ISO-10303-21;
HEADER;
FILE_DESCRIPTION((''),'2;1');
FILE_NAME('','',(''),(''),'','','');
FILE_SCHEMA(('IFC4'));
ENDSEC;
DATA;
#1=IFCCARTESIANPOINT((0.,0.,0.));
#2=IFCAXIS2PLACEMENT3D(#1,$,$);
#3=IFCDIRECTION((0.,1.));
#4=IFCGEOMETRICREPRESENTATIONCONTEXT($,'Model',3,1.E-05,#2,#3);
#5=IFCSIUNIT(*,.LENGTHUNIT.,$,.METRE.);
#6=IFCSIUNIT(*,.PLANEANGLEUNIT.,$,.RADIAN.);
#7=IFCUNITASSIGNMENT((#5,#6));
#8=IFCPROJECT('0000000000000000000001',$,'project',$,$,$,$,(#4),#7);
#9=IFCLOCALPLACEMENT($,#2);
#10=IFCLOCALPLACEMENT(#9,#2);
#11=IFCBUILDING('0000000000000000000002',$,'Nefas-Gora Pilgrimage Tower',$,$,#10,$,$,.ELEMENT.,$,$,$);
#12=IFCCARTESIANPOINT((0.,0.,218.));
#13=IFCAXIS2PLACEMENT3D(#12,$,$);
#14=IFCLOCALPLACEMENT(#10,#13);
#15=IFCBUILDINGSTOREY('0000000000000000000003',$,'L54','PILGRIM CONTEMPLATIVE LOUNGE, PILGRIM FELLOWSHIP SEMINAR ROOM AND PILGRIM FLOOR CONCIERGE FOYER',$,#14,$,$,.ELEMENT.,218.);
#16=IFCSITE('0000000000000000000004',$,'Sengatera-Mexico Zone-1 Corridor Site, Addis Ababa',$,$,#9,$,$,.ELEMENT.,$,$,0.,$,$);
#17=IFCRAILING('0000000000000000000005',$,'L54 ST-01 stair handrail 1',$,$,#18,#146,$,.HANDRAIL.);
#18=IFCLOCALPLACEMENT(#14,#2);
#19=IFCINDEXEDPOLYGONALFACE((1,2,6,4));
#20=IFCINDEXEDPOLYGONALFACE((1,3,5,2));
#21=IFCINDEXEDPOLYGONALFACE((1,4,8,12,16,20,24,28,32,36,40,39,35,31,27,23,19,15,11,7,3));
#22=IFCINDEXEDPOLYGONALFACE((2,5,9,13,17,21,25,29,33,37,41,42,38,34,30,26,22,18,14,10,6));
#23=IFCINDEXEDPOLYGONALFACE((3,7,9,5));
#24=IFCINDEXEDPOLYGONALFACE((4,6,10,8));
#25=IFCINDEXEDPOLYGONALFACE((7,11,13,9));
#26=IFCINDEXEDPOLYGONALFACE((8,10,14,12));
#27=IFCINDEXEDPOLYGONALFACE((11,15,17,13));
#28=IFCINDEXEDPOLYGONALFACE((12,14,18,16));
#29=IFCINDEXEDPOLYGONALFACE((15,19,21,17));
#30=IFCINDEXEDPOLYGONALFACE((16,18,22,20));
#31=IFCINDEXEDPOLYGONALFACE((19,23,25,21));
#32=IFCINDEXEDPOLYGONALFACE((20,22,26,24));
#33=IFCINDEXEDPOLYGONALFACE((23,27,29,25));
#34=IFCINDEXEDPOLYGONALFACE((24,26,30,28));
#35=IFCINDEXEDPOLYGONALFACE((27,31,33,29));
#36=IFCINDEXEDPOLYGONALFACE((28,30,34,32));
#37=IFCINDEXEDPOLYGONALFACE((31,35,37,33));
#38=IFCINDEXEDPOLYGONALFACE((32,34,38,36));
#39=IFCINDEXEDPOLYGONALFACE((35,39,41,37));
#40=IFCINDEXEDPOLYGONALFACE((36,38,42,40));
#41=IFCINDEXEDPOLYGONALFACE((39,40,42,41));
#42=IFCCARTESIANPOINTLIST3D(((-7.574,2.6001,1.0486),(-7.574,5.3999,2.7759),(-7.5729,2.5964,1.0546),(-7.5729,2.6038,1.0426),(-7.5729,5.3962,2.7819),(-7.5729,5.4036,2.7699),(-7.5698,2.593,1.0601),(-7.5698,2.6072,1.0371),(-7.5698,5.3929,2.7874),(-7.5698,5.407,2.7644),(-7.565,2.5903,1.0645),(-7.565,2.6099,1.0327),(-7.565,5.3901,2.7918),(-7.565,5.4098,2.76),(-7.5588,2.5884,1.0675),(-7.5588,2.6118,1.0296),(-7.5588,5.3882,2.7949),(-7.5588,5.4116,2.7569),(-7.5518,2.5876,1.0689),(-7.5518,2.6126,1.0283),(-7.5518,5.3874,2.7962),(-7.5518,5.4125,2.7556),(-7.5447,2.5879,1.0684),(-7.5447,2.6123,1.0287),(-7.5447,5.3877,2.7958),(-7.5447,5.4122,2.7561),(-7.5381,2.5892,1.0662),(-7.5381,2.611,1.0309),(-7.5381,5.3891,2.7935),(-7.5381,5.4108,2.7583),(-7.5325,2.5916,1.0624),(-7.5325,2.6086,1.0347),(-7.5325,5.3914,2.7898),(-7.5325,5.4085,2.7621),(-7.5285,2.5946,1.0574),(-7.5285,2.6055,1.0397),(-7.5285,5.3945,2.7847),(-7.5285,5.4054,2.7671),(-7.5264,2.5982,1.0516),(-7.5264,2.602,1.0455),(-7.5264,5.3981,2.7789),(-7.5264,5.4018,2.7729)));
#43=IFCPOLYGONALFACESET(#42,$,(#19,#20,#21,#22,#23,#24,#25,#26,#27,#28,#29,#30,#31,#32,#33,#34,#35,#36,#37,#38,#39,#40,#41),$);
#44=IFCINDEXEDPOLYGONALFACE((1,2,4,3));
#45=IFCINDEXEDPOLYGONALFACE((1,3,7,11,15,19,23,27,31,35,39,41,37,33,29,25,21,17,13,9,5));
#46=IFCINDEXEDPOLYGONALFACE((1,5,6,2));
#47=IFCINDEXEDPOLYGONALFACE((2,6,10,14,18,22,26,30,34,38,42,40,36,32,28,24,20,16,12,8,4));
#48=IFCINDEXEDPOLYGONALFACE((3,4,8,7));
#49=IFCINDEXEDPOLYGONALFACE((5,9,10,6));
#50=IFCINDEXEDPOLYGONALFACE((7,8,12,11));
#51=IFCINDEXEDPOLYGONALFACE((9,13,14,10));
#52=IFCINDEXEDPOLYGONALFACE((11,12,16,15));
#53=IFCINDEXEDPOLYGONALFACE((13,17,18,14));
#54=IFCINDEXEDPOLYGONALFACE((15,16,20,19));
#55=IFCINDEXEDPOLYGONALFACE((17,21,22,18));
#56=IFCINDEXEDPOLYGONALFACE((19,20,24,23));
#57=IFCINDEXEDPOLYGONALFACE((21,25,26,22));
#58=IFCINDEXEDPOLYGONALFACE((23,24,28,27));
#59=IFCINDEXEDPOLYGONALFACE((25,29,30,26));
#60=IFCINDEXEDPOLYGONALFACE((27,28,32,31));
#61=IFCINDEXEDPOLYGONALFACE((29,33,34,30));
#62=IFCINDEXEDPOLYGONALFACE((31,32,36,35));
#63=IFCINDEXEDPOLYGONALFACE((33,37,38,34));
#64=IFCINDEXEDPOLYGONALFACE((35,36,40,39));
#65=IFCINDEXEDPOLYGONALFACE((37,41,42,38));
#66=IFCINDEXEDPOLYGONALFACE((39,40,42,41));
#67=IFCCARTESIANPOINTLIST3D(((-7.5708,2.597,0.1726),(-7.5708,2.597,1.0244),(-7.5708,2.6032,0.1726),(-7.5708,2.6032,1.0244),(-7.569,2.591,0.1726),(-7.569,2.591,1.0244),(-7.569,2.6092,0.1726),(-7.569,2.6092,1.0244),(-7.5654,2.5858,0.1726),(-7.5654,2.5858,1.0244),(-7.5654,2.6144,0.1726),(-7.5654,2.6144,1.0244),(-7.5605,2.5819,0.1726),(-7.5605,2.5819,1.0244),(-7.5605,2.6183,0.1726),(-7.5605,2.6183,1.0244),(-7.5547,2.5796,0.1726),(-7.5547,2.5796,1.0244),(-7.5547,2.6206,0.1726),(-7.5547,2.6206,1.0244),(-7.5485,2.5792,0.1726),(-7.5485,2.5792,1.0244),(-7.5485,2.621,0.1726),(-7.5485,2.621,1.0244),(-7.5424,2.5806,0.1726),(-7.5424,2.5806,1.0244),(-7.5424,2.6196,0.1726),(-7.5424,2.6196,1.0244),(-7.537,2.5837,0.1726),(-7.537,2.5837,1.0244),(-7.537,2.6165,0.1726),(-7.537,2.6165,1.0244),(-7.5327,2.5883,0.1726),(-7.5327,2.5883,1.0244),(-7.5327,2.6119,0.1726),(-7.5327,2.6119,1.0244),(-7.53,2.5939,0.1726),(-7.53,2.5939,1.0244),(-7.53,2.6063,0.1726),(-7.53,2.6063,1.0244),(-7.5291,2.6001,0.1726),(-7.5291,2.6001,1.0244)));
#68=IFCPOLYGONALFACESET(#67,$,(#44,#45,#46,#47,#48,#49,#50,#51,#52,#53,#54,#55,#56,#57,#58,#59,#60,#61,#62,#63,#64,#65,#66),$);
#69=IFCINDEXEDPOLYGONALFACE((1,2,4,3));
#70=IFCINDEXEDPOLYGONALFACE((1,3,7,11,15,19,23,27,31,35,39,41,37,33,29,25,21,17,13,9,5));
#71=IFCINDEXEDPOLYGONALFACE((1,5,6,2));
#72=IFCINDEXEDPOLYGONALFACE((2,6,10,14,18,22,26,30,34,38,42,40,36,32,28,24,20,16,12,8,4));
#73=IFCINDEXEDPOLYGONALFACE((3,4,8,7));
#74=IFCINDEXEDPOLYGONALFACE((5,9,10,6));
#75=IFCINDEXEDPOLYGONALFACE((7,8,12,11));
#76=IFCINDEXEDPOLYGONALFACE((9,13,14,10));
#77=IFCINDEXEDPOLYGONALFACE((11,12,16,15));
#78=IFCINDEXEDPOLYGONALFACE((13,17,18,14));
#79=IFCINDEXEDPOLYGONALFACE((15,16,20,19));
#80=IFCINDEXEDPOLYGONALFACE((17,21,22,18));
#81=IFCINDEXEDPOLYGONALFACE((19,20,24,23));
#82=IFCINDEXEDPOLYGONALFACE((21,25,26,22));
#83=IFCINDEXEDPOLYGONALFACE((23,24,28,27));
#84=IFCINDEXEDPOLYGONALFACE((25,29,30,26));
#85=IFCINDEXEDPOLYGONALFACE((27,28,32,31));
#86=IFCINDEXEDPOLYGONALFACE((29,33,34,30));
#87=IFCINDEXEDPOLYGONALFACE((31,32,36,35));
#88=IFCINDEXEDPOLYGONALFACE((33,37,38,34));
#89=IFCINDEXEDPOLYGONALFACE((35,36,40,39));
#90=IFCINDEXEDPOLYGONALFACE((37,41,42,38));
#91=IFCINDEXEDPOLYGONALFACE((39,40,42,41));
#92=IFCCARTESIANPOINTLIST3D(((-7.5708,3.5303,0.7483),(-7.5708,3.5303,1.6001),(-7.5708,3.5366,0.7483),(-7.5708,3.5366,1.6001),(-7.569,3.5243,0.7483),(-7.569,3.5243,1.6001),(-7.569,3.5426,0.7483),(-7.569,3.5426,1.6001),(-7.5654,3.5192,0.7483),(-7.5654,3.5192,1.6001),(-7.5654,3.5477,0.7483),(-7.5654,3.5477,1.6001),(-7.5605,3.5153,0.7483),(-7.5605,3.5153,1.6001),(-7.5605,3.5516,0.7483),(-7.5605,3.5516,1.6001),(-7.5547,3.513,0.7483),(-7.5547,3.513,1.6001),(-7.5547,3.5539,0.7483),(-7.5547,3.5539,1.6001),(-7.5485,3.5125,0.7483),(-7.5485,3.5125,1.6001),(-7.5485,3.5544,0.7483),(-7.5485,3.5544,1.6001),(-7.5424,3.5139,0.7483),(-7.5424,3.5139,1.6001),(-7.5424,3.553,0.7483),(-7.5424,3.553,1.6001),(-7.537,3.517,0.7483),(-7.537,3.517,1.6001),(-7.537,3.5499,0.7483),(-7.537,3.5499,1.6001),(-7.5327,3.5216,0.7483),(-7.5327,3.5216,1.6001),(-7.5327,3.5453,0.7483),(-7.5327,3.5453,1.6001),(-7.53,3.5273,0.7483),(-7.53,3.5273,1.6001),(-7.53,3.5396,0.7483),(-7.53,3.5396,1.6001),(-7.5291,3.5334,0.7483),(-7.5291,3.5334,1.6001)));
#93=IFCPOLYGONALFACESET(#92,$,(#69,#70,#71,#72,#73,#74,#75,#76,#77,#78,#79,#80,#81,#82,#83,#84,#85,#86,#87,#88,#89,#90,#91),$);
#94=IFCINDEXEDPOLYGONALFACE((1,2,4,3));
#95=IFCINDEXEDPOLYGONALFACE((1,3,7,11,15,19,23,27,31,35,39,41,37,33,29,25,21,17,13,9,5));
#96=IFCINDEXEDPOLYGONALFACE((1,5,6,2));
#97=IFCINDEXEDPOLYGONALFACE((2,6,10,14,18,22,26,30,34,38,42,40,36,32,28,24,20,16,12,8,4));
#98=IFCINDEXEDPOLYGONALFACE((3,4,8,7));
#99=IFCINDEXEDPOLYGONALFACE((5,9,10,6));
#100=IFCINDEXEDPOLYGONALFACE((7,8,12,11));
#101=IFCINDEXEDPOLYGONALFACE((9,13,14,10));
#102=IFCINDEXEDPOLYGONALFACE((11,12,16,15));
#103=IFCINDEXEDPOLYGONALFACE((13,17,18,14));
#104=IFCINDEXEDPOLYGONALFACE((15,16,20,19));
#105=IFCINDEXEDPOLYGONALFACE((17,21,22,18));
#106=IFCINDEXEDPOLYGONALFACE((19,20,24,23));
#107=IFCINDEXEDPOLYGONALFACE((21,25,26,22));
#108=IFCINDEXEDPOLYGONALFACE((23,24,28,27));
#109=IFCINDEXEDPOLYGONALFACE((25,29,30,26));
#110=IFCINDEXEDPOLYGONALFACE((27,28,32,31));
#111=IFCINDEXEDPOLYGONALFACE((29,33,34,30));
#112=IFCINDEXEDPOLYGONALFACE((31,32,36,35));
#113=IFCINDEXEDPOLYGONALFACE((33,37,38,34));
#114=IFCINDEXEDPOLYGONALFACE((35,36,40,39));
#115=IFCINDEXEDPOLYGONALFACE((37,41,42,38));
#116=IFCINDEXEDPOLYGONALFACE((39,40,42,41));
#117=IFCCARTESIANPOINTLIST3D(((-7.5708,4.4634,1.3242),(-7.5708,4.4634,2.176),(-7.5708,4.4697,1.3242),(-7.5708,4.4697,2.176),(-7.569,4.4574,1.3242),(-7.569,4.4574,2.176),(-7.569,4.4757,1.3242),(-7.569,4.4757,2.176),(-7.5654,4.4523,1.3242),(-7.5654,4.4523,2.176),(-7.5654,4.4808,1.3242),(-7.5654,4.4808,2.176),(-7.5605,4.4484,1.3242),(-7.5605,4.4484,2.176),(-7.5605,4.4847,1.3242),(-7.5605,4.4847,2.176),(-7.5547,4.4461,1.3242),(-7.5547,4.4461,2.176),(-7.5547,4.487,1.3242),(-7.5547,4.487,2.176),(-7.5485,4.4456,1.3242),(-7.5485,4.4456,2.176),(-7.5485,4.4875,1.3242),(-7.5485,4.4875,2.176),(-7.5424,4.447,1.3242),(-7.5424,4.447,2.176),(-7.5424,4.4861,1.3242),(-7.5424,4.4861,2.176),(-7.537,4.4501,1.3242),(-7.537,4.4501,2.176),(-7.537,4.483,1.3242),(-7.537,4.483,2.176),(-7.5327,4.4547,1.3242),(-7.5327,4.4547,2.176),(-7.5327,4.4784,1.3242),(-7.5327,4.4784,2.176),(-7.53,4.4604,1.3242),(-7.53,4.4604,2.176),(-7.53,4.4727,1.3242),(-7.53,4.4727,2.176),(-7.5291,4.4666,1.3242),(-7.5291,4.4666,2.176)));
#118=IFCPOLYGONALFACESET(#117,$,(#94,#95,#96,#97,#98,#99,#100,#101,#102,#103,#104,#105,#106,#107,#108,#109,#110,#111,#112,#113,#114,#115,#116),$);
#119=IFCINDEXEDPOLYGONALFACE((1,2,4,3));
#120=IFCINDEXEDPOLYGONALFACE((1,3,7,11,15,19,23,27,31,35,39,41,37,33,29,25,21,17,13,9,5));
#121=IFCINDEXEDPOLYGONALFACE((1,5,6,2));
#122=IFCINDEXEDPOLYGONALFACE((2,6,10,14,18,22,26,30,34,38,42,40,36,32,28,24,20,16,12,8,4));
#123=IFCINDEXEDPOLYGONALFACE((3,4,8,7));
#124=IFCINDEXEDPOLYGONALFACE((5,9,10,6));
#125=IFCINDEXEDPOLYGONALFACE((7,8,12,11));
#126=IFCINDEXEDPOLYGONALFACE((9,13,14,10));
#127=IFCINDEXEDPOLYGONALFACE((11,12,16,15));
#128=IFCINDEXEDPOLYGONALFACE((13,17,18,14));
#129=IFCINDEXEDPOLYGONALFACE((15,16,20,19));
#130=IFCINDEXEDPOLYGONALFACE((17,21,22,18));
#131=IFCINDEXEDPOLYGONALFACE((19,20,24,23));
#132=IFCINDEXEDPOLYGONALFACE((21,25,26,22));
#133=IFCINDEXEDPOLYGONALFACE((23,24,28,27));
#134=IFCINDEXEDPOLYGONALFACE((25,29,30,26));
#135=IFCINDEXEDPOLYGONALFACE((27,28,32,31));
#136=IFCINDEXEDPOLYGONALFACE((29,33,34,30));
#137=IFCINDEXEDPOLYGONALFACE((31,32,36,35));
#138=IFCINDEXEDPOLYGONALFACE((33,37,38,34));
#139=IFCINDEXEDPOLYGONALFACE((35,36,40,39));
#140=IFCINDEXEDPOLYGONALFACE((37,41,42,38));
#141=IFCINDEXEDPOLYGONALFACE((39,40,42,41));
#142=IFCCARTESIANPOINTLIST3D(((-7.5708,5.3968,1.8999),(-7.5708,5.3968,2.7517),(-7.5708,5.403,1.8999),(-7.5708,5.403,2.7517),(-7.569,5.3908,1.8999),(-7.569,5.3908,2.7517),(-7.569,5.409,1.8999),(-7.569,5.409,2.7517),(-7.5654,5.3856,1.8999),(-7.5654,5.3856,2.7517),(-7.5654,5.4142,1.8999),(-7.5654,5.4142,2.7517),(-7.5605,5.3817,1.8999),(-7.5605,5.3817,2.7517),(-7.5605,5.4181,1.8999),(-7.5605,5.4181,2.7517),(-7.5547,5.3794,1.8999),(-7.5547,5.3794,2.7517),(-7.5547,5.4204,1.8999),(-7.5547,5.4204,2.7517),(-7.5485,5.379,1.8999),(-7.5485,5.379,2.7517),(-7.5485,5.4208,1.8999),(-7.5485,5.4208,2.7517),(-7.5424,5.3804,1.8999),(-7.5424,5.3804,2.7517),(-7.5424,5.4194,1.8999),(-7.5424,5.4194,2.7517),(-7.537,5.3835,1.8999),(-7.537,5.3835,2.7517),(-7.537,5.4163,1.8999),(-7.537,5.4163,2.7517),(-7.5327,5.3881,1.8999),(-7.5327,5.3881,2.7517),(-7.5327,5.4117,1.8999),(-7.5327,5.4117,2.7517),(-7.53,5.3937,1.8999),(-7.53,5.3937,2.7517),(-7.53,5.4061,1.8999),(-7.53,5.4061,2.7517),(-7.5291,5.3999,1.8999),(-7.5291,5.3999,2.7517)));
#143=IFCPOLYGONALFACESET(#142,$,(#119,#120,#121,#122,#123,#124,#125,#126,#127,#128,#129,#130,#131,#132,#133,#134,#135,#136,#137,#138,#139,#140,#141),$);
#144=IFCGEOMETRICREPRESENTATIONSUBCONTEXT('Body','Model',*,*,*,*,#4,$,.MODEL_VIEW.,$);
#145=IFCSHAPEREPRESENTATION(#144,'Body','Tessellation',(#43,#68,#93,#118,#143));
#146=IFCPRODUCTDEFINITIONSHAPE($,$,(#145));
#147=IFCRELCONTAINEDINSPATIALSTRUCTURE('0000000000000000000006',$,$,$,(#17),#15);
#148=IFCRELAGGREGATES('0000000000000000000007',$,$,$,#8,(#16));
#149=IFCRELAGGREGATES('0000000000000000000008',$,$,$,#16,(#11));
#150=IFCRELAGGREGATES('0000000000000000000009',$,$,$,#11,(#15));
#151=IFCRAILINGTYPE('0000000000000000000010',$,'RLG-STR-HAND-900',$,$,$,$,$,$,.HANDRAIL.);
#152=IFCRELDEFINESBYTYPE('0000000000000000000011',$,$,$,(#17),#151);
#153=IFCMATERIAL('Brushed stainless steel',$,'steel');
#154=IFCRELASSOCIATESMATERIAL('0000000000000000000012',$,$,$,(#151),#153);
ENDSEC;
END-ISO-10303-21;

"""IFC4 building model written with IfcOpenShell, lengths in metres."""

from ifc_helpers import new_model, si_unit, direction, frame, origin, origin_2d, place, context, subcontext, project, spatial, circle, extrude, material, type_object, element, save


model = new_model("IFC4")

# Units and contexts
model_context = context("Model", 3, precision=1e-05, world=origin(), true_north=direction((0.0, 1.0)))
body_context = subcontext(model_context, "Body", "Model", "MODEL_VIEW")
ifc_project = project(units=[si_unit("LENGTHUNIT", "METRE"), si_unit("PLANEANGLEUNIT", "RADIAN")], contexts=[model_context])

# Site, building, storey
site_placement = place(None, origin())
site = spatial("IfcSite", under=ifc_project, at=site_placement, Name="Sengatera-Mexico Zone-1 Corridor Site, Addis Ababa", CompositionType="ELEMENT", RefElevation=0.0)
building_placement = place(site_placement, origin())
building = spatial("IfcBuilding", under=site, at=building_placement, Name="Nefas-Gora Pilgrimage Tower", CompositionType="ELEMENT")
storey_placement = place(building_placement, frame((0.0, 0.0, 218.0)))
storey = spatial("IfcBuildingStorey", under=building, at=storey_placement, Name="L54", Description="PILGRIM CONTEMPLATIVE LOUNGE, PILGRIM FELLOWSHIP SEMINAR ROOM AND PILGRIM FLOOR CONCIERGE FOYER", CompositionType="ELEMENT", Elevation=218.0)

# Railing
ifc_material_1 = material(Name="Brushed stainless steel", Category="steel")
railing_type_1 = type_object("IfcRailingType", Name="RLG-STR-HAND-900", PredefinedType="HANDRAIL", material=ifc_material_1)
railing_1_placement = place(storey_placement, frame((-7.55, 2.6001, 0.1726)))
element("IfcRailing", 1, at=railing_1_placement, inside=storey, type_object=railing_type_1, Name="L54 ST-01 stair handrail 1", PredefinedType="HANDRAIL", context=body_context, shape_type="SweptSolid", body=[
    extrude(circle(Radius=0.0239, at=origin_2d()), frame((0.0, 0.0, 0.876), z_axis=(0.0, 0.851069, 0.525054), x_axis=(-1.0, 0.0, 0.0)), (0.0, 0.0, 1.0), 3.2898),
    extrude(circle(Radius=0.021, at=origin_2d()), origin(), (0.0, 0.0, 1.0), 0.8518),
    extrude(circle(Radius=0.021, at=origin_2d()), frame((0.0, 0.9333, 0.5757)), (0.0, 0.0, 1.0), 0.8518),
    extrude(circle(Radius=0.021, at=origin_2d()), frame((0.0, 1.8665, 1.1516)), (0.0, 0.0, 1.0), 0.8518),
    extrude(circle(Radius=0.021, at=origin_2d()), frame((0.0, 2.7998, 1.7273)), (0.0, 0.0, 1.0), 0.8518),
])

save(model, "model.ifc")
